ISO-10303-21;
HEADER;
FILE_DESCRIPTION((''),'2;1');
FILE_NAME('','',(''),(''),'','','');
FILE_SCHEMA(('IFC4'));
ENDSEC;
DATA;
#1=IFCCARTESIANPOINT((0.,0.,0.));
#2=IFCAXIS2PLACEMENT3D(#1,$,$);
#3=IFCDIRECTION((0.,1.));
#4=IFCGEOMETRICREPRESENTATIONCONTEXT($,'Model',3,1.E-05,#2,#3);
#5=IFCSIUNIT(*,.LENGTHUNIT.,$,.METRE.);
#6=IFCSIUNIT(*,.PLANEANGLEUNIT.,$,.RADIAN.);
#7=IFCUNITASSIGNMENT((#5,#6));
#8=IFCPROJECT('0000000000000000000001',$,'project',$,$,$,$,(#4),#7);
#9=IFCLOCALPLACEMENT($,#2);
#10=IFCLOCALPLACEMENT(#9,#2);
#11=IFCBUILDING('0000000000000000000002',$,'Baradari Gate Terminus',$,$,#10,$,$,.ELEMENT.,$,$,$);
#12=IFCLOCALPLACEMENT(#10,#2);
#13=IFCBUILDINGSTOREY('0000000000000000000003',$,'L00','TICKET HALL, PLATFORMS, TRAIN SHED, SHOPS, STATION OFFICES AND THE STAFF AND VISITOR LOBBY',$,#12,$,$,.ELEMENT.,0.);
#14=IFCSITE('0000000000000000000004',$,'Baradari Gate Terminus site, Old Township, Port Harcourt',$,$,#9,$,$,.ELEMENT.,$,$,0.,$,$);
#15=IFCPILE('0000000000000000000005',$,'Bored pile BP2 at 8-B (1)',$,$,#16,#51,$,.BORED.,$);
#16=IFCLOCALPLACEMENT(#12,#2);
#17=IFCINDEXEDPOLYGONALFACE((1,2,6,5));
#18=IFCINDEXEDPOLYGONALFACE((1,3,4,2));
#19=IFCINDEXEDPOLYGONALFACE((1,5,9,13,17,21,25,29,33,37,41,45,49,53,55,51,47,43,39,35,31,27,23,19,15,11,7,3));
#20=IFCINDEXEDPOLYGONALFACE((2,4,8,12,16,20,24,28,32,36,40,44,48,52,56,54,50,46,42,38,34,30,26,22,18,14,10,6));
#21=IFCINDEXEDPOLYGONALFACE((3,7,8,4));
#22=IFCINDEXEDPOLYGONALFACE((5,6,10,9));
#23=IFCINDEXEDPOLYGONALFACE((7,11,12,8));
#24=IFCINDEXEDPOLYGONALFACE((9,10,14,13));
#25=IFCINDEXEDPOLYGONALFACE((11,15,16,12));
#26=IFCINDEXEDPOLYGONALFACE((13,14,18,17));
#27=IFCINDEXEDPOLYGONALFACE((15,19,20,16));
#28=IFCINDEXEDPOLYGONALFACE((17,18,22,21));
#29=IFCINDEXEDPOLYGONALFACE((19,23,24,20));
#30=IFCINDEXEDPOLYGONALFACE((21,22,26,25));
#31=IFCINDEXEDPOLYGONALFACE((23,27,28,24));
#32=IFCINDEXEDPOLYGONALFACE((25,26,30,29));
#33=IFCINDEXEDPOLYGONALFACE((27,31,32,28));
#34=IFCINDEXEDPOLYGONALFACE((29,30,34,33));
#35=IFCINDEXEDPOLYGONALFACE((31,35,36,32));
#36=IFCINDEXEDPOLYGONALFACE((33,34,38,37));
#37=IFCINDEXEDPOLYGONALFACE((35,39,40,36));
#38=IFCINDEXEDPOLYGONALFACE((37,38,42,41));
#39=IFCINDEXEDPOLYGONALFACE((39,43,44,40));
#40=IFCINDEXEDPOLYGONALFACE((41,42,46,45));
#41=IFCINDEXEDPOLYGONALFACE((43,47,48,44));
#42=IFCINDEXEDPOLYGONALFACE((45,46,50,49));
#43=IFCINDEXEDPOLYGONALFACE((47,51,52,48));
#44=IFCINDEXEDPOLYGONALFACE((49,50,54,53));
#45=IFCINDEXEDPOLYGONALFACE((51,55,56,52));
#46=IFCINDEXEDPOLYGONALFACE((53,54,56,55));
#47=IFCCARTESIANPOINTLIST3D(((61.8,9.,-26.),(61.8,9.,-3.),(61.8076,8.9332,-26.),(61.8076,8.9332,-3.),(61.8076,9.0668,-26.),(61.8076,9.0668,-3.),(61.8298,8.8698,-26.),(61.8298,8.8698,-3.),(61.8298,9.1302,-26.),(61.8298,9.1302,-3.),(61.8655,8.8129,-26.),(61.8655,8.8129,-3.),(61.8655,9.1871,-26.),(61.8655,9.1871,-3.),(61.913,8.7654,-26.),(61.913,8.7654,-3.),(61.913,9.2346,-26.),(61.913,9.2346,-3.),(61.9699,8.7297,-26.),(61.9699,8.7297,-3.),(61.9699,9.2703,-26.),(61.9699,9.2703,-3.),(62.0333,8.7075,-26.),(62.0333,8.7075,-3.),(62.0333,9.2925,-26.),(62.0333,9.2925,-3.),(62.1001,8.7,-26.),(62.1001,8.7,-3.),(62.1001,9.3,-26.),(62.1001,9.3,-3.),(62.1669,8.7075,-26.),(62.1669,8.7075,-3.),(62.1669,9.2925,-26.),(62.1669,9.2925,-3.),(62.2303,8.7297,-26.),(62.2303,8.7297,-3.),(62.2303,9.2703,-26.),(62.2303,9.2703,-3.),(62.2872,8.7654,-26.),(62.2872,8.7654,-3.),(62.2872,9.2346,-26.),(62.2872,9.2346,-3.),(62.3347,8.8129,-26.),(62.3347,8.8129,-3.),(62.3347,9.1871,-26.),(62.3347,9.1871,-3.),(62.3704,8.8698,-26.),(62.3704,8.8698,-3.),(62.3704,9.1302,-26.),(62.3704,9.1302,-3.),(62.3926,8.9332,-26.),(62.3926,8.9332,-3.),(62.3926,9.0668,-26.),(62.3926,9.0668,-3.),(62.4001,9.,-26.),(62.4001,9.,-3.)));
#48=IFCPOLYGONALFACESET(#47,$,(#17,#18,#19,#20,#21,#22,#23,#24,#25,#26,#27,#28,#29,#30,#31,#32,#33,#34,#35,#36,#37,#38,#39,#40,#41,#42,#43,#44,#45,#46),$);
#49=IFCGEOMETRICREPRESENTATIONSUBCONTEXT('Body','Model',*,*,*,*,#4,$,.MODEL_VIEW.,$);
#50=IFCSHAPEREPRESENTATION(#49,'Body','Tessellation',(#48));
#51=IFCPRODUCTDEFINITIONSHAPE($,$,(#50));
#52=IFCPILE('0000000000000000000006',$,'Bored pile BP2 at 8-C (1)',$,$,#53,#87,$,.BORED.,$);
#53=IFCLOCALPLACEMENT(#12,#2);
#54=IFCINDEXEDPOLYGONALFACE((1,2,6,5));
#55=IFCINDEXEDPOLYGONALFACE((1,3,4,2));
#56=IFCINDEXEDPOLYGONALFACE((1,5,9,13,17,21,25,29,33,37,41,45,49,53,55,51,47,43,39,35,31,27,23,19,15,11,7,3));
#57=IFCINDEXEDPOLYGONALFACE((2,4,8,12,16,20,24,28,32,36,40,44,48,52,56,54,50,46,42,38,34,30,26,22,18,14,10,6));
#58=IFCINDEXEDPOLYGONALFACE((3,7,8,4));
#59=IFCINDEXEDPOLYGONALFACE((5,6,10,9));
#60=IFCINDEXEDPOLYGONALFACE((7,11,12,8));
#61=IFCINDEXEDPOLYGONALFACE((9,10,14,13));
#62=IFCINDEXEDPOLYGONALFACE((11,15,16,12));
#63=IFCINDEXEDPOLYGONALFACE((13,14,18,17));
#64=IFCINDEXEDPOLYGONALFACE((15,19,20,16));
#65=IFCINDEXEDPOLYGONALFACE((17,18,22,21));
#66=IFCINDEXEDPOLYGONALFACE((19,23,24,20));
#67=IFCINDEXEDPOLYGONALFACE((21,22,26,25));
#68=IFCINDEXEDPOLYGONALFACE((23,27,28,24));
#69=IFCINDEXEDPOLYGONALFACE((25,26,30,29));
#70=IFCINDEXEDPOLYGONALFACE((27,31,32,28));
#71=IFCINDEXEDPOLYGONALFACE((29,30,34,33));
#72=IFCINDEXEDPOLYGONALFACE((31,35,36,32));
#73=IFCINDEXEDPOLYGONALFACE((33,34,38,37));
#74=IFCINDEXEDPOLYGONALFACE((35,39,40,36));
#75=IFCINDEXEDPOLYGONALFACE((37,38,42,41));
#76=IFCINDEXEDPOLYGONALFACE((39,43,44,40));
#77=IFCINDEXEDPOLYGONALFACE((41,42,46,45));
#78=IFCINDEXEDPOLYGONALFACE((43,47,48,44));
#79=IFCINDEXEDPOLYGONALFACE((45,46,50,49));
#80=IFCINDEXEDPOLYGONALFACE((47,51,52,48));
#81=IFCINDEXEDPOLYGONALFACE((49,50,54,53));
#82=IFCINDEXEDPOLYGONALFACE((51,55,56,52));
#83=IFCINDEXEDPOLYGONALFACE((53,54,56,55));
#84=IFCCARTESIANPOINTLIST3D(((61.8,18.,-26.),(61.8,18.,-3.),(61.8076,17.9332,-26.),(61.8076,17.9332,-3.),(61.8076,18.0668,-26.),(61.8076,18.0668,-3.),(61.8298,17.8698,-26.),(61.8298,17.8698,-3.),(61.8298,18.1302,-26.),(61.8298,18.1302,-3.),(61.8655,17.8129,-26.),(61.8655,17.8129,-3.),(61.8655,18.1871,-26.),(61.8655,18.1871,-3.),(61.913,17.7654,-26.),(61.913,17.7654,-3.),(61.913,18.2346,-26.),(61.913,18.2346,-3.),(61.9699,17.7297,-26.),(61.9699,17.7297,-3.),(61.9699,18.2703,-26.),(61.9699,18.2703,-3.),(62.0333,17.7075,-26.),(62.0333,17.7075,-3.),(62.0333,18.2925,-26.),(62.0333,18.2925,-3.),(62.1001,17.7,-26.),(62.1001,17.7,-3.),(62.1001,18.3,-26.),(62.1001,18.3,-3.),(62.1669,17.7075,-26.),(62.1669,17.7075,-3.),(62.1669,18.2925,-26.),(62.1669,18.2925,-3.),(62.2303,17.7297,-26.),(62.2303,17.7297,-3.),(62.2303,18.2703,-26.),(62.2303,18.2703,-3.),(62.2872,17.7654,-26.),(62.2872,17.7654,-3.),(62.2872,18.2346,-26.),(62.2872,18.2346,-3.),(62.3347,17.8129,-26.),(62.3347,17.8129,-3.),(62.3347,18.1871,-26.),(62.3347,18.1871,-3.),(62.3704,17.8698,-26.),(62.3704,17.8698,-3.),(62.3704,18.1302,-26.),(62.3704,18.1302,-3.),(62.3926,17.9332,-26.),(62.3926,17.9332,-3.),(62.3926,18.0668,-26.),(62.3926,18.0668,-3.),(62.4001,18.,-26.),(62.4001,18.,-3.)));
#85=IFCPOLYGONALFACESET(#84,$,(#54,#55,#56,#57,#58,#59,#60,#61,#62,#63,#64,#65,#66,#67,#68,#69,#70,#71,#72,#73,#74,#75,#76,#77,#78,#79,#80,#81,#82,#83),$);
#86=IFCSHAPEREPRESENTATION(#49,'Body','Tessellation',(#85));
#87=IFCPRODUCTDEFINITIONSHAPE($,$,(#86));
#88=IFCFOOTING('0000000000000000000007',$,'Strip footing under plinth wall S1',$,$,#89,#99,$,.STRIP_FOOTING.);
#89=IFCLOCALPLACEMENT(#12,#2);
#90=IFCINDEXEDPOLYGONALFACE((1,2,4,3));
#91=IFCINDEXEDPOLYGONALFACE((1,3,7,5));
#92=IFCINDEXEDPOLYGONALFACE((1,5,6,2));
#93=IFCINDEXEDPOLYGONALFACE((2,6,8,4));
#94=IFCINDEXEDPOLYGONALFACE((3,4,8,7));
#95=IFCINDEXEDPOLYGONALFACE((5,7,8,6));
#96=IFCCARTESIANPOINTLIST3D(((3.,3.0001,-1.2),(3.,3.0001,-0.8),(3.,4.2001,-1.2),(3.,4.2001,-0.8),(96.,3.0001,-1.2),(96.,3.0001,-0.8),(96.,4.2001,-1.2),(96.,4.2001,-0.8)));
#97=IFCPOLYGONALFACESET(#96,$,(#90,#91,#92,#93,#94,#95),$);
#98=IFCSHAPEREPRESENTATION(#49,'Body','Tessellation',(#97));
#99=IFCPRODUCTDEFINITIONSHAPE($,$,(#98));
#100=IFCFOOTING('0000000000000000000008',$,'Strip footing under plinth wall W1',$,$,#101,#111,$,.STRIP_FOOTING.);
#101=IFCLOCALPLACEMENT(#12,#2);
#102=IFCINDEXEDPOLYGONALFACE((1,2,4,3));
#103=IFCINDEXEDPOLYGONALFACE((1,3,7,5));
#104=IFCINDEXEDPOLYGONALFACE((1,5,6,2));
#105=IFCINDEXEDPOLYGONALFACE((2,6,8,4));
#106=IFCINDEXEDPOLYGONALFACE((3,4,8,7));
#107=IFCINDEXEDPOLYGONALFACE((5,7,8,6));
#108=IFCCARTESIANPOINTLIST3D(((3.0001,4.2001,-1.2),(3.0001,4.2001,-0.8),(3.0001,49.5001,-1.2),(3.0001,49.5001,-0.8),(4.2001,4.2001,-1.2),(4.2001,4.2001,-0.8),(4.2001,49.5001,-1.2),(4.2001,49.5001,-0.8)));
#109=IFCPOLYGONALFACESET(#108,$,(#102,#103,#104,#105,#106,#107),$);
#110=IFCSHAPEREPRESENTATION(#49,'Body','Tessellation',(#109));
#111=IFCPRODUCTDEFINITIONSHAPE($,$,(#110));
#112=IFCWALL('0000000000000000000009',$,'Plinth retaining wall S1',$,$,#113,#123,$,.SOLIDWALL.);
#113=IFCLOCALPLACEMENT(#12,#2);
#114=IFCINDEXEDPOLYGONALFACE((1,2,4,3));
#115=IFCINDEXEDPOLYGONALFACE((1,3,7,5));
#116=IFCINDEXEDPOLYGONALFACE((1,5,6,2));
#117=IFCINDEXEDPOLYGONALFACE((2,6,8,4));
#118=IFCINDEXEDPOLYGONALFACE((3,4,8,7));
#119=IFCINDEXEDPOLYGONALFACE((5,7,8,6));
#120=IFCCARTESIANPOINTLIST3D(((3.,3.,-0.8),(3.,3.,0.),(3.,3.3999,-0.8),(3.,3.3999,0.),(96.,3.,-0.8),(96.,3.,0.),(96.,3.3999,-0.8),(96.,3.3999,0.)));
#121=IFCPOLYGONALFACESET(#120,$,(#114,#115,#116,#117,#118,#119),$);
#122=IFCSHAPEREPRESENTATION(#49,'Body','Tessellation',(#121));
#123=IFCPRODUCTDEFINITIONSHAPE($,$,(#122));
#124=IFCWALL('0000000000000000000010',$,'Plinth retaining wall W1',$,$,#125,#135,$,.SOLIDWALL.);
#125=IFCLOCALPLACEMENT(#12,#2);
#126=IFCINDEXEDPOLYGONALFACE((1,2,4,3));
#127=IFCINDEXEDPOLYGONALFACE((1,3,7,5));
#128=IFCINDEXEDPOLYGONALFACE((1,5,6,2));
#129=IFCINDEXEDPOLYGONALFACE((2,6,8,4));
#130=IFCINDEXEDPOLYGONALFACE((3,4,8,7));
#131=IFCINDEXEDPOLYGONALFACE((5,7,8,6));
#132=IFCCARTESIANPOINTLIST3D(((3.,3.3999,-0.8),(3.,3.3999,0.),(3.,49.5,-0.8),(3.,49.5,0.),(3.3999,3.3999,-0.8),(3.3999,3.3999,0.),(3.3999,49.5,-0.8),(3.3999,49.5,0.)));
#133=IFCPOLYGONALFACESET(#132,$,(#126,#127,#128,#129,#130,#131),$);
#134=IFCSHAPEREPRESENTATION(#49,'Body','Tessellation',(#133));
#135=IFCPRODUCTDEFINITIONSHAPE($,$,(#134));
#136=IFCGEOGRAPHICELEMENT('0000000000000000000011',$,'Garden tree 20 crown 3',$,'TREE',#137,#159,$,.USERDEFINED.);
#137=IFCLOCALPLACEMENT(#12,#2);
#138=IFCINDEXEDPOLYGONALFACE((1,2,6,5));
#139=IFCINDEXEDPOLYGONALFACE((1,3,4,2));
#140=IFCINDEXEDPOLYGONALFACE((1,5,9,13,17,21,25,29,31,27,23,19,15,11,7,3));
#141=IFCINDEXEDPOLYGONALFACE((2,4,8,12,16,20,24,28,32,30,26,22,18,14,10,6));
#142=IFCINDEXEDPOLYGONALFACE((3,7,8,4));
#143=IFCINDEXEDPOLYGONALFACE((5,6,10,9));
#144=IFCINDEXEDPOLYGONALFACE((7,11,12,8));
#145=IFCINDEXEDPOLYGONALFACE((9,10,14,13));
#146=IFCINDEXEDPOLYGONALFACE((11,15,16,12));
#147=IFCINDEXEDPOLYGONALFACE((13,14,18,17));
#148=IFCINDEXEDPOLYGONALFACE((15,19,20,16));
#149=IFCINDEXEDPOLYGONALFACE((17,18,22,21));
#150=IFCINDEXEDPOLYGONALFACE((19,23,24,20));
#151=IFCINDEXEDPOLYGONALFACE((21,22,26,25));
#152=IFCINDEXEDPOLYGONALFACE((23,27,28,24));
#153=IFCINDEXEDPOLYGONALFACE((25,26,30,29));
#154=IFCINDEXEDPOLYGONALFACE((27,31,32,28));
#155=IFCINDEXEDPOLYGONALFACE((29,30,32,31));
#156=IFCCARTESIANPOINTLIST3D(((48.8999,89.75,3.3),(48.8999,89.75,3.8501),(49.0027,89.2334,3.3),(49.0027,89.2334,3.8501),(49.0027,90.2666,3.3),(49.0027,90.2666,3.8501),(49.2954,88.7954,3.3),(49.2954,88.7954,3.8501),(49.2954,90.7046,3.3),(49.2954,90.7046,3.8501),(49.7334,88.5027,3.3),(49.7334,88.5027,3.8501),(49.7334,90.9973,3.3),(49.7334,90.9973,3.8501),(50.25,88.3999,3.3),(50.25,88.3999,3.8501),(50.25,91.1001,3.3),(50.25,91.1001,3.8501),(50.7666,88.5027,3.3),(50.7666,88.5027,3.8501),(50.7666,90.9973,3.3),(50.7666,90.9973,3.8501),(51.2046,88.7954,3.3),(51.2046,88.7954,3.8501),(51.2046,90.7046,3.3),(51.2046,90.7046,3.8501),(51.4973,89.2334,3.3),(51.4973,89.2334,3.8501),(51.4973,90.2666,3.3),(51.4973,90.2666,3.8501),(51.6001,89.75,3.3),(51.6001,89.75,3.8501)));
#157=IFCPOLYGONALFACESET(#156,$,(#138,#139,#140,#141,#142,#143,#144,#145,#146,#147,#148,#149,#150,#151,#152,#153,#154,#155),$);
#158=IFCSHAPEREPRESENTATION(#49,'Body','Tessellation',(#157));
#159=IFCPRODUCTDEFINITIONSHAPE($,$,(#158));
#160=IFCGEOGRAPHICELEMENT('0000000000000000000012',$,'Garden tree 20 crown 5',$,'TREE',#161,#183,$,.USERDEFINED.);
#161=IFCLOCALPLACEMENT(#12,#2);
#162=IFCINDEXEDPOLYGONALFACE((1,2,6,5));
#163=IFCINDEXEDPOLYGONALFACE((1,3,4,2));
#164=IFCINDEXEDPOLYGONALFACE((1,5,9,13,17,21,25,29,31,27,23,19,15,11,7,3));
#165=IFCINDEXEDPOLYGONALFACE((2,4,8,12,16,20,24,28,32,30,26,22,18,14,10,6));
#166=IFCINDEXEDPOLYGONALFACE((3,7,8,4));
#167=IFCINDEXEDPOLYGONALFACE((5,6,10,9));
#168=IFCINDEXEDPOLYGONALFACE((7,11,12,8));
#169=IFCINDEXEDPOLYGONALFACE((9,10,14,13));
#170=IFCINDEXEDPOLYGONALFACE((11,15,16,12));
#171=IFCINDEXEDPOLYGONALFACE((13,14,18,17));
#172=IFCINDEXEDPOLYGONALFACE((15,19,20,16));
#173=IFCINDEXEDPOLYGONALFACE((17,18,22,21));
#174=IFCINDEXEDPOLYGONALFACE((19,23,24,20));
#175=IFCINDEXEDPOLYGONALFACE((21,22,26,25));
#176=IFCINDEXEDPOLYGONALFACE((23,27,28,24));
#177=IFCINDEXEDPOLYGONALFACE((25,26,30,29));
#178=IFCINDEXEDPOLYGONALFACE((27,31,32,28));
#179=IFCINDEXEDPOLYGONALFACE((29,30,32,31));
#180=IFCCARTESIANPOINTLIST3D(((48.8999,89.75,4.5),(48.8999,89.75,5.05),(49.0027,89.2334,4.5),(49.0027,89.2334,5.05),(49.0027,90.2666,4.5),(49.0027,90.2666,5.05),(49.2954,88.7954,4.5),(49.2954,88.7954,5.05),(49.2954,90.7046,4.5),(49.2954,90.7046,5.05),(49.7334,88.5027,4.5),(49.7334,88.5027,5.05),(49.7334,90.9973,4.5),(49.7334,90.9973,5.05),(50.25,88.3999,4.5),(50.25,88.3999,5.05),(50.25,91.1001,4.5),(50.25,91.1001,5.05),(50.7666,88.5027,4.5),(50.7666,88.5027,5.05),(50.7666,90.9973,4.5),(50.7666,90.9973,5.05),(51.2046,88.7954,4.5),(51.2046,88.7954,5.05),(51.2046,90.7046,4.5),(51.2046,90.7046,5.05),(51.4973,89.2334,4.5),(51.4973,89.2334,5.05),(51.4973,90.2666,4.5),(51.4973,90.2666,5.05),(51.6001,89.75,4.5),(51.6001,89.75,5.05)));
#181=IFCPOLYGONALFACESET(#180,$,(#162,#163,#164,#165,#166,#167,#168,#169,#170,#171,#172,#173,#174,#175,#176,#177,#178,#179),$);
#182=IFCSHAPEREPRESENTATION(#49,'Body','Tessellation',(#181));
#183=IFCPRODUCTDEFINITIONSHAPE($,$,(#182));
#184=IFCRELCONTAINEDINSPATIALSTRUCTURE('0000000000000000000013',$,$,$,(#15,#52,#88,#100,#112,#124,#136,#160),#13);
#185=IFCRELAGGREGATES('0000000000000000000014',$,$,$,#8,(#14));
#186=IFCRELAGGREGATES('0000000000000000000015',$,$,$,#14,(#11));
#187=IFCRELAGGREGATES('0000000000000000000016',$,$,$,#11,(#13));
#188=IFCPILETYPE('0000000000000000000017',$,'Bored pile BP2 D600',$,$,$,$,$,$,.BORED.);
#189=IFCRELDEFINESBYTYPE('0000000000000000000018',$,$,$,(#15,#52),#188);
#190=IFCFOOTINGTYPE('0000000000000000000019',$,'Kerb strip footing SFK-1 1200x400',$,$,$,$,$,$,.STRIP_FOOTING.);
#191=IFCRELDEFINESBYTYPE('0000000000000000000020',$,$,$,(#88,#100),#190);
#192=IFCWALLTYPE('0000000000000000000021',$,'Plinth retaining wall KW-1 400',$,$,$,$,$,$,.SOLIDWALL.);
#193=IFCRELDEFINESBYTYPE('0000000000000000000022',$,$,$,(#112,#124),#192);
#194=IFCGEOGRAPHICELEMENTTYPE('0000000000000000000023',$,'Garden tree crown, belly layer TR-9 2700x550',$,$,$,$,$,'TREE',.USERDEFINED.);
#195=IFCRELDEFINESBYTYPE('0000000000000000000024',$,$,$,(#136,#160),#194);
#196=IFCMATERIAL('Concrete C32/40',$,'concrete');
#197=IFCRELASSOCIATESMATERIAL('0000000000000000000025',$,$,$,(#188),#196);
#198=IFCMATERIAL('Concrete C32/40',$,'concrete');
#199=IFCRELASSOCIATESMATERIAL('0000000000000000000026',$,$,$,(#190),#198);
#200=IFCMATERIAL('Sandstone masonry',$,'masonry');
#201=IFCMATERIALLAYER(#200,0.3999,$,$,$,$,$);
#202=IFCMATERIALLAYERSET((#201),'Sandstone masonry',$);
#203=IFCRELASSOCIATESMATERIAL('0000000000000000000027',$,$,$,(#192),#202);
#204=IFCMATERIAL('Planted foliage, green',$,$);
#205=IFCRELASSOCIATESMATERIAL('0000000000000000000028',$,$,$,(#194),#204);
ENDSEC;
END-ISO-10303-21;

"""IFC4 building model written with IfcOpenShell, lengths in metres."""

from ifc_helpers import new_model, si_unit, direction, frame, frame_2d, origin, origin_2d, place, context, subcontext, project, spatial, polyline, rectangle, circle, outline, extrude, material, layer, layer_set, type_object, element, save


model = new_model("IFC4")

# Units and contexts
model_context = context("Model", 3, precision=1e-05, world=origin(), true_north=direction((0.0, 1.0)))
body_context = subcontext(model_context, "Body", "Model", "MODEL_VIEW")
ifc_project = project(units=[si_unit("LENGTHUNIT", "METRE"), si_unit("PLANEANGLEUNIT", "RADIAN")], contexts=[model_context])

# Site, building, storey
site_placement = place(None, origin())
site = spatial("IfcSite", under=ifc_project, at=site_placement, Name="Baradari Gate Terminus site, Old Township, Port Harcourt", CompositionType="ELEMENT", RefElevation=0.0)
building_placement = place(site_placement, origin())
building = spatial("IfcBuilding", under=site, at=building_placement, Name="Baradari Gate Terminus", CompositionType="ELEMENT")
storey_placement = place(building_placement, origin())
storey = spatial("IfcBuildingStorey", under=building, at=storey_placement, Name="L00", Description="TICKET HALL, PLATFORMS, TRAIN SHED, SHOPS, STATION OFFICES AND THE STAFF AND VISITOR LOBBY", CompositionType="ELEMENT", Elevation=0.0)

# Piles
ifc_material_1 = material(Name="Concrete C32/40", Category="concrete")
pile_type = type_object("IfcPileType", Name="Bored pile BP2 D600", PredefinedType="BORED", material=ifc_material_1)
for number, where, z_axis, x_axis, name in (
    (1, (62.1001, 9.0, -3.0), (0.0, 0.0, -1.0), (1.0, 0.0, 0.0), "Bored pile BP2 at 8-B (1)"),
    (2, (62.1001, 18.0, -3.0), (0.0, 0.0, -1.0), (1.0, 0.0, 0.0), "Bored pile BP2 at 8-C (1)"),
):
    element("IfcPile", number, at=place(storey_placement, frame(where, z_axis=z_axis, x_axis=x_axis)), inside=storey, type_object=pile_type, Name=name, PredefinedType="BORED", context=body_context, shape_type="SweptSolid", body=[
        extrude(circle(Radius=0.3, at=origin_2d()), origin(), (0.0, 0.0, 1.0), 23.0),
    ])

# Footings
ifc_material_2 = material(Name="Concrete C32/40", Category="concrete")
footing_type = type_object("IfcFootingType", Name="Kerb strip footing SFK-1 1200x400", PredefinedType="STRIP_FOOTING", material=ifc_material_2)
footing_1_placement = place(storey_placement, frame((49.5, 3.6001, -1.2), z_axis=(0.0, 0.0, 1.0), x_axis=(1.0, 0.0, 0.0)))
element("IfcFooting", 3, at=footing_1_placement, inside=storey, type_object=footing_type, Name="Strip footing under plinth wall S1", PredefinedType="STRIP_FOOTING", context=body_context, shape_type="SweptSolid", body=[
    extrude(rectangle(XDim=93.0, YDim=1.2, at=origin_2d()), origin(), (0.0, 0.0, 1.0), 0.3999),
])
footing_2_placement = place(storey_placement, frame((3.6001, 26.8501, -1.2), z_axis=(0.0, 0.0, 1.0), x_axis=(1.0, 0.0, 0.0)))
element("IfcFooting", 4, at=footing_2_placement, inside=storey, type_object=footing_type, Name="Strip footing under plinth wall W1", PredefinedType="STRIP_FOOTING", context=body_context, shape_type="SweptSolid", body=[
    extrude(rectangle(XDim=1.2, YDim=45.3, at=origin_2d()), origin(), (0.0, 0.0, 1.0), 0.3999),
])

# Walls
ifc_material_3 = material(Name="Sandstone masonry", Category="masonry")
ifc_layer = layer(ifc_material_3, 0.3999)
ifc_layer_set = layer_set([ifc_layer], Name="Sandstone masonry")
wall_type = type_object("IfcWallType", Name="Plinth retaining wall KW-1 400", PredefinedType="SOLIDWALL", material=ifc_layer_set)
wall_1_placement = place(storey_placement, frame((3.0, 3.2, -0.8), z_axis=(0.0, 0.0, 1.0), x_axis=(1.0, 0.0, 0.0)))
element("IfcWall", 5, at=wall_1_placement, inside=storey, type_object=wall_type, Name="Plinth retaining wall S1", PredefinedType="SOLIDWALL", context=body_context, shape_type="SweptSolid", body=[
    extrude(rectangle(XDim=93.0, YDim=0.3999, at=frame_2d((46.5, 0.0))), origin(), (0.0, 0.0, 1.0), 0.8),
])
wall_2_placement = place(storey_placement, frame((3.2, 3.3999, -0.8), z_axis=(0.0, 0.0, 1.0), x_axis=(0.0, 1.0, 0.0)))
element("IfcWall", 6, at=wall_2_placement, inside=storey, type_object=wall_type, Name="Plinth retaining wall W1", PredefinedType="SOLIDWALL", context=body_context, shape_type="SweptSolid", body=[
    extrude(rectangle(XDim=46.1001, YDim=0.3999, at=frame_2d((23.05, 0.0))), origin(), (0.0, 0.0, 1.0), 0.8),
])

# Geographic elements
ifc_material_4 = material(Name="Planted foliage, green")
geographic_element_type_1 = type_object("IfcGeographicElementType", Name="Garden tree crown, belly layer TR-9 2700x550", ElementType="TREE", PredefinedType="USERDEFINED", material=ifc_material_4)
for number, where, name in (
    (7, (0.0, 0.0, 3.3), "Garden tree 20 crown 3"),
    (8, (0.0, 0.0, 4.5), "Garden tree 20 crown 5"),
):
    element("IfcGeographicElement", number, at=place(storey_placement, frame(where)), inside=storey, type_object=geographic_element_type_1, Name=name, ObjectType="TREE", PredefinedType="USERDEFINED", context=body_context, shape_type="SweptSolid", body=[
        extrude(outline(polyline([(51.6001, 89.75), (51.4973, 90.2666), (51.2046, 90.7046), (50.7666, 90.9973), (50.25, 91.1001), (49.7334, 90.9973), (49.2954, 90.7046), (49.0027, 90.2666), (48.8999, 89.75), (49.0027, 89.2334), (49.2954, 88.7954), (49.7334, 88.5027), (50.25, 88.3999), (50.7666, 88.5027), (51.2046, 88.7954), (51.4973, 89.2334), (51.6001, 89.75)])), origin(), (0.0, 0.0, 1.0), 0.55),
    ])

save(model, "model.ifc")
